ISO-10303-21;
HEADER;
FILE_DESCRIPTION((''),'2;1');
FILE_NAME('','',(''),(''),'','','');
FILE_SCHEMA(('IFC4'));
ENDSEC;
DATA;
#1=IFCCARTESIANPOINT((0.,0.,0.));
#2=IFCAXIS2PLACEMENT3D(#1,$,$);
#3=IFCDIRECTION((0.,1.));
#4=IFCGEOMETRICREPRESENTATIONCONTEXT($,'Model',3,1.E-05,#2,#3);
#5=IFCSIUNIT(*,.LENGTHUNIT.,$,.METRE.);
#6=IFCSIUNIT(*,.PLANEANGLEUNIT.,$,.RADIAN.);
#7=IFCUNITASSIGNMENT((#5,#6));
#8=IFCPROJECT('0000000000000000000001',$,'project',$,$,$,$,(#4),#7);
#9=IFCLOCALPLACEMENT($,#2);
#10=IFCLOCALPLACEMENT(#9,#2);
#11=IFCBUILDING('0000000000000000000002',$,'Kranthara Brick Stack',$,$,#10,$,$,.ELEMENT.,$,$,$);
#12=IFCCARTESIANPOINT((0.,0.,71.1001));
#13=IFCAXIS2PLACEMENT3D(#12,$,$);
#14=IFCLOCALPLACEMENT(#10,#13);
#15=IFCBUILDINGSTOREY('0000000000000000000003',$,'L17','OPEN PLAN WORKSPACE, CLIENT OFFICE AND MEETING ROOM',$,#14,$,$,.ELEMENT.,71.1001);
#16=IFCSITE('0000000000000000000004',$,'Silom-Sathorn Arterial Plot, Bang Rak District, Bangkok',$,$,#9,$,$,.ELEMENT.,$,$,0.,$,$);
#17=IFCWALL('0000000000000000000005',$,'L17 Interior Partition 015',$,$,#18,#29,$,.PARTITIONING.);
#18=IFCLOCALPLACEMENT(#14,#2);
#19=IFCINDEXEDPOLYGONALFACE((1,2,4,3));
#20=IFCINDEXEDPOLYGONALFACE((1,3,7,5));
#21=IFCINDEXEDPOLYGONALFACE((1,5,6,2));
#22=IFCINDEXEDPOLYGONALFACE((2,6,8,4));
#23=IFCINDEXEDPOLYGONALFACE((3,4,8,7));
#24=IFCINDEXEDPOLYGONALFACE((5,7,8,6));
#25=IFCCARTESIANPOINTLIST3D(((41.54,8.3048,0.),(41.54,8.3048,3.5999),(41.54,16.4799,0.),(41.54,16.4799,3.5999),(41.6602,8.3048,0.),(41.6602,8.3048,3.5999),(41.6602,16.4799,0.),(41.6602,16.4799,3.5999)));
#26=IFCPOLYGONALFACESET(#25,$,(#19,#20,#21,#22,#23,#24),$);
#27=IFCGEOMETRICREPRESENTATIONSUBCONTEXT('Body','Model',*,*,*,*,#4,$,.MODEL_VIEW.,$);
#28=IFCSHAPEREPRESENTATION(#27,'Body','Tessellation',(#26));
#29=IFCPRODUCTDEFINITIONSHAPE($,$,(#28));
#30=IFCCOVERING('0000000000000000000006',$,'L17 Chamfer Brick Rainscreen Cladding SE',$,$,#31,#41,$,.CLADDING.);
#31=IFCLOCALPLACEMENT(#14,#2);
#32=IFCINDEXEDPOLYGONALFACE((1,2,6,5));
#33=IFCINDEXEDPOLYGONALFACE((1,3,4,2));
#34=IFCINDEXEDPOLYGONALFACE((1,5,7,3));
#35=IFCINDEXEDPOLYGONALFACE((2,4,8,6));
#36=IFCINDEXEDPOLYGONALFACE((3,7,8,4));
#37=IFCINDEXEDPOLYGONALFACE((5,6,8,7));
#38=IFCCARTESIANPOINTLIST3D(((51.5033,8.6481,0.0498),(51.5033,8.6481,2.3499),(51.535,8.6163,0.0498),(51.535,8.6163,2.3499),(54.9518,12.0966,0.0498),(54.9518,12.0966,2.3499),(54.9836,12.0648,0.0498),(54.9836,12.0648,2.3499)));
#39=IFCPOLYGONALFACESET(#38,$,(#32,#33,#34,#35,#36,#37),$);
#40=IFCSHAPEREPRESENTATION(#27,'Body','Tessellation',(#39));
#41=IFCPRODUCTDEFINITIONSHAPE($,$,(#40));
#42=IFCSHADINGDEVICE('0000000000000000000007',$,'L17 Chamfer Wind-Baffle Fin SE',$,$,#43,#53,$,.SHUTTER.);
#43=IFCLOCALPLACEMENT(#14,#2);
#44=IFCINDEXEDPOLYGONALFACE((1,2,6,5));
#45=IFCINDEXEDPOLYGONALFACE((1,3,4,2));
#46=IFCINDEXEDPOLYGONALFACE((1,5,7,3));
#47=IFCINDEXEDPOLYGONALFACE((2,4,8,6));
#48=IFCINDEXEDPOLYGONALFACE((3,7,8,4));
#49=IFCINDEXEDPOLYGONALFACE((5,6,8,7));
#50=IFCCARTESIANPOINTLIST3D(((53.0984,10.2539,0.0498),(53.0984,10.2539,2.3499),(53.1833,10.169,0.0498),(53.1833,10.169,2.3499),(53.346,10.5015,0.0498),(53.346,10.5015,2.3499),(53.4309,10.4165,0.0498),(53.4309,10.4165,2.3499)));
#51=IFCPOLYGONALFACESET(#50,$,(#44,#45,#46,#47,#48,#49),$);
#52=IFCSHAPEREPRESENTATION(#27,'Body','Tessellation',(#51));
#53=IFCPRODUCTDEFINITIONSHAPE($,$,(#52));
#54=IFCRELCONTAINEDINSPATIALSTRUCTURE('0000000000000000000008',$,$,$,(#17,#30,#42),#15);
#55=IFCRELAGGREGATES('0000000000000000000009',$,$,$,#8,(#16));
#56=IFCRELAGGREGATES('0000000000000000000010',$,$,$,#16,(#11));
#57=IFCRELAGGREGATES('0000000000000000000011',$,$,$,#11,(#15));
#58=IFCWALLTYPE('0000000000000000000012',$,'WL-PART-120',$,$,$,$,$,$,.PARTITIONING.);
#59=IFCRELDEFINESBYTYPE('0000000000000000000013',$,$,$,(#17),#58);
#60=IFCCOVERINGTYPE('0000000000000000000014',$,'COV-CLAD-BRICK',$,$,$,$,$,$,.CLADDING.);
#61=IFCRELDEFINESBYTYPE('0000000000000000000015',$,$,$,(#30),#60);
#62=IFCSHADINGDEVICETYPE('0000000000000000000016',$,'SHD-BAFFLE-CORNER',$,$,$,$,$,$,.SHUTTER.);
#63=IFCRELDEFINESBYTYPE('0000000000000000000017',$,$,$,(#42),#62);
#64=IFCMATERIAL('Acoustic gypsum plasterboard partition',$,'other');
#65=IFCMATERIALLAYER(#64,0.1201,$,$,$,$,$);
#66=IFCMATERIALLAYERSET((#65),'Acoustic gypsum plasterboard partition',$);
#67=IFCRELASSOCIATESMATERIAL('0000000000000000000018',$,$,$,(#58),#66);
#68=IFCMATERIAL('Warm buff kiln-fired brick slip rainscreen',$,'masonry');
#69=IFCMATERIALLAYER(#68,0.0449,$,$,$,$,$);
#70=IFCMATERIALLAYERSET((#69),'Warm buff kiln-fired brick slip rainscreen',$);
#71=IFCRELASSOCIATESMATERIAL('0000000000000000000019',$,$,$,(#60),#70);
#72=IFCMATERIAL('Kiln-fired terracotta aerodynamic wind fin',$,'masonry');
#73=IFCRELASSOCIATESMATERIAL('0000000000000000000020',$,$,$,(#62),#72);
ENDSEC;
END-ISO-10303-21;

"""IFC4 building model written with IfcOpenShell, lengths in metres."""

from ifc_helpers import new_model, si_unit, direction, frame, frame_2d, origin, origin_2d, place, context, subcontext, project, spatial, rectangle, extrude, material, layer, layer_set, type_object, element, save


model = new_model("IFC4")

# Units and contexts
model_context = context("Model", 3, precision=1e-05, world=origin(), true_north=direction((0.0, 1.0)))
body_context = subcontext(model_context, "Body", "Model", "MODEL_VIEW")
ifc_project = project(units=[si_unit("LENGTHUNIT", "METRE"), si_unit("PLANEANGLEUNIT", "RADIAN")], contexts=[model_context])

# Site, building, storey
site_placement = place(None, origin())
site = spatial("IfcSite", under=ifc_project, at=site_placement, Name="Silom-Sathorn Arterial Plot, Bang Rak District, Bangkok", CompositionType="ELEMENT", RefElevation=0.0)
building_placement = place(site_placement, origin())
building = spatial("IfcBuilding", under=site, at=building_placement, Name="Kranthara Brick Stack", CompositionType="ELEMENT")
storey_placement = place(building_placement, frame((0.0, 0.0, 71.1001)))
storey = spatial("IfcBuildingStorey", under=building, at=storey_placement, Name="L17", Description="OPEN PLAN WORKSPACE, CLIENT OFFICE AND MEETING ROOM", CompositionType="ELEMENT", Elevation=71.1001)

# Wall
ifc_material_1 = material(Name="Acoustic gypsum plasterboard partition", Category="other")
ifc_layer_1 = layer(ifc_material_1, 0.1201)
ifc_layer_set_1 = layer_set([ifc_layer_1], Name="Acoustic gypsum plasterboard partition")
wall_type_1 = type_object("IfcWallType", Name="WL-PART-120", PredefinedType="PARTITIONING", material=ifc_layer_set_1)
wall_1_placement = place(storey_placement, frame((41.6001, 8.3049, 0.0), z_axis=(0.0, 0.0, 1.0), x_axis=(0.0, 1.0, 0.0)))
element("IfcWall", 1, at=wall_1_placement, inside=storey, type_object=wall_type_1, Name="L17 Interior Partition 015", PredefinedType="PARTITIONING", context=body_context, shape_type="SweptSolid", body=[
    extrude(rectangle(XDim=8.175, YDim=0.1201, at=frame_2d((4.0874, 0.0))), origin(), (0.0, 0.0, 1.0), 3.5999),
])

# Covering
ifc_material_2 = material(Name="Warm buff kiln-fired brick slip rainscreen", Category="masonry")
ifc_layer_2 = layer(ifc_material_2, 0.0449)
ifc_layer_set_2 = layer_set([ifc_layer_2], Name="Warm buff kiln-fired brick slip rainscreen")
covering_type = type_object("IfcCoveringType", Name="COV-CLAD-BRICK", PredefinedType="CLADDING", material=ifc_layer_set_2)
covering_placement = place(storey_placement, frame((53.2434, 10.3564, 0.0498), z_axis=(0.0, 0.0, 1.0), x_axis=(-0.707107, -0.707107, 0.0)))
element("IfcCovering", 2, at=covering_placement, inside=storey, type_object=covering_type, Name="L17 Chamfer Brick Rainscreen Cladding SE", PredefinedType="CLADDING", context=body_context, shape_type="SweptSolid", body=[
    extrude(rectangle(XDim=4.877, YDim=0.0449, at=origin_2d()), origin(), (0.0, 0.0, 1.0), 2.3),
])

# Shading device
ifc_material_3 = material(Name="Kiln-fired terracotta aerodynamic wind fin", Category="masonry")
shading_device_type = type_object("IfcShadingDeviceType", Name="SHD-BAFFLE-CORNER", PredefinedType="SHUTTER", material=ifc_material_3)
shading_device_placement = place(storey_placement, frame((53.2646, 10.3352, 0.0498), z_axis=(0.0, 0.0, 1.0), x_axis=(-0.707107, -0.707107, 0.0)))
element("IfcShadingDevice", 3, at=shading_device_placement, inside=storey, type_object=shading_device_type, Name="L17 Chamfer Wind-Baffle Fin SE", PredefinedType="SHUTTER", context=body_context, shape_type="SweptSolid", body=[
    extrude(rectangle(XDim=0.3501, YDim=0.1201, at=origin_2d()), origin(), (0.0, 0.0, 1.0), 2.3),
])

save(model, "model.ifc")
